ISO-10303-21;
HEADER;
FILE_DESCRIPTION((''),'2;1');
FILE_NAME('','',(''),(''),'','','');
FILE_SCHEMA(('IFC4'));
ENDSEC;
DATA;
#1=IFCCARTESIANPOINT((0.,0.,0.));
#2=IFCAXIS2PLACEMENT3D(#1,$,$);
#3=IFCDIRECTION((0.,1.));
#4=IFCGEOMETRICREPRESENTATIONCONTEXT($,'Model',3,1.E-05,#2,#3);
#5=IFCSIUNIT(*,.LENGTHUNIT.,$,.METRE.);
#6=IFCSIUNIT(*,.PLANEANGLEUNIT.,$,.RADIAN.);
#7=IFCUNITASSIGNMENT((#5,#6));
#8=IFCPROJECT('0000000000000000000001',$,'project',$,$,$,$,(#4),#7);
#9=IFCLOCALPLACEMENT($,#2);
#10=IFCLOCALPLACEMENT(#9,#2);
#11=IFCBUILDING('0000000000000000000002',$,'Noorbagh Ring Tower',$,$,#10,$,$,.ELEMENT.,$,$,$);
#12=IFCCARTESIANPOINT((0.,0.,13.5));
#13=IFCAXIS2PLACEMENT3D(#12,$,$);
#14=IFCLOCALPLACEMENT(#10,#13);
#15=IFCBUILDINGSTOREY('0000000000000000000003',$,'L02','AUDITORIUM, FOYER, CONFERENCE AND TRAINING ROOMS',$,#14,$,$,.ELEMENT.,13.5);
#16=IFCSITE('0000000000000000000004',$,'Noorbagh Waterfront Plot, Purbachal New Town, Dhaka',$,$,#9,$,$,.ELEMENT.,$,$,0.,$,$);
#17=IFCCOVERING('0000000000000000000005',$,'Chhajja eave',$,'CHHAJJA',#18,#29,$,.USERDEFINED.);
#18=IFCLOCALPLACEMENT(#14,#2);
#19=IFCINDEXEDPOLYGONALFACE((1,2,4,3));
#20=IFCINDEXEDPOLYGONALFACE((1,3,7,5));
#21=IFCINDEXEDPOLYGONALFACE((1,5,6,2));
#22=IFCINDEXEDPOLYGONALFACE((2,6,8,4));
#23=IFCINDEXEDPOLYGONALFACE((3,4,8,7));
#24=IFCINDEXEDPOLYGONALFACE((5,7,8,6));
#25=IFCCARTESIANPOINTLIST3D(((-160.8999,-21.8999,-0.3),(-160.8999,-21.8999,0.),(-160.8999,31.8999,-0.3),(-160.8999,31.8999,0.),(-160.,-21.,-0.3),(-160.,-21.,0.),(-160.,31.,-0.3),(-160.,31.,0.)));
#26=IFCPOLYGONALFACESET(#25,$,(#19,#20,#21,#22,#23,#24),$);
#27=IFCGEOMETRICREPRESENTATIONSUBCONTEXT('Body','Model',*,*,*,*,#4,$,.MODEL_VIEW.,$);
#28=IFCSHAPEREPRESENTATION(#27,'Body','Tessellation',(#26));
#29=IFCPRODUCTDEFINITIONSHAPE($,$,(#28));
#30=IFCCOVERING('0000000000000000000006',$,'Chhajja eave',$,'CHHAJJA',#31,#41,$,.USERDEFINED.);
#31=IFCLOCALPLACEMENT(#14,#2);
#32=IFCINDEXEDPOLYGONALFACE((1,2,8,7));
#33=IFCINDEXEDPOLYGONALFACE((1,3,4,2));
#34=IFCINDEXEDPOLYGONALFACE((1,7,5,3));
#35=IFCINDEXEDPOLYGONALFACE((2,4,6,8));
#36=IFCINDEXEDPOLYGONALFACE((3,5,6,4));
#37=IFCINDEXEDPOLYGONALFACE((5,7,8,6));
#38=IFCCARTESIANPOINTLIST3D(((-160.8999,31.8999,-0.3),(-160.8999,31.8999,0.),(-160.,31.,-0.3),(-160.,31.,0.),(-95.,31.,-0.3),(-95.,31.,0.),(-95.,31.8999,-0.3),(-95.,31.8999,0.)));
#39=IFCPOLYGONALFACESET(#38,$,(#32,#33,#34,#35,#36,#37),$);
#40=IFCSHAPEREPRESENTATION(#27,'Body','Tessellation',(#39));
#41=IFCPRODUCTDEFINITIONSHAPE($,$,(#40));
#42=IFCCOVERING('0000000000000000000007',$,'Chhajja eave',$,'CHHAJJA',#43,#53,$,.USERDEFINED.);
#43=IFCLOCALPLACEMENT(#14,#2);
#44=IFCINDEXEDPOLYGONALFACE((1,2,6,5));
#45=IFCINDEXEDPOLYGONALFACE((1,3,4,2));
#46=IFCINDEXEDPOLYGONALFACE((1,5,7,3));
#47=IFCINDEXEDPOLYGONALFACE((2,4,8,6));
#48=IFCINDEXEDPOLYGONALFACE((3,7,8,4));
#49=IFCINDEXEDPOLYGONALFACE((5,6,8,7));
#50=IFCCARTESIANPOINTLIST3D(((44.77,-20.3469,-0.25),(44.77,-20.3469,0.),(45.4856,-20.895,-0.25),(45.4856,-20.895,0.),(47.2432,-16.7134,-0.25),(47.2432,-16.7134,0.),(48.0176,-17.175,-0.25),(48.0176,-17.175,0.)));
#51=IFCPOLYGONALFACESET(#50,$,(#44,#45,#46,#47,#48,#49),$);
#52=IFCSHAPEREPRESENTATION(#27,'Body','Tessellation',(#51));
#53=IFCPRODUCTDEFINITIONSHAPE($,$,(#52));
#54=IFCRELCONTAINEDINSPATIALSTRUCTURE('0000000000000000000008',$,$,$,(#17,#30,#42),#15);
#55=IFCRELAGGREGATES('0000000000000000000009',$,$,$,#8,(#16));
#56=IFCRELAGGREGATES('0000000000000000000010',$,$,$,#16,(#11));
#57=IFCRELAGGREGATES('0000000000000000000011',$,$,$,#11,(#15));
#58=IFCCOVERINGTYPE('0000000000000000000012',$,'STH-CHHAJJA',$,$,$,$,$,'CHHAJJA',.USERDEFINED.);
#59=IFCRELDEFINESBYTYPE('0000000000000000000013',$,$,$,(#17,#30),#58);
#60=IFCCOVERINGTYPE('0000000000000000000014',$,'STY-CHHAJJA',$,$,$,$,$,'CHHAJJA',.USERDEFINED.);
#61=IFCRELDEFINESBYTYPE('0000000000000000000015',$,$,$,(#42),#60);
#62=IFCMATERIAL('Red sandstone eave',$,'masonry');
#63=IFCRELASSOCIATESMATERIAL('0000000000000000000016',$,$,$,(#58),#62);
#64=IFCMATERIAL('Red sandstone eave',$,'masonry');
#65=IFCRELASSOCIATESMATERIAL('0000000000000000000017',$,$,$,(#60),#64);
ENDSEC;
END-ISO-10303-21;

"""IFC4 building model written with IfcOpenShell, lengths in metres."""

from ifc_helpers import new_model, si_unit, direction, frame, origin, place, context, subcontext, project, spatial, polyline, outline, extrude, material, type_object, element, save


model = new_model("IFC4")

# Units and contexts
model_context = context("Model", 3, precision=1e-05, world=origin(), true_north=direction((0.0, 1.0)))
body_context = subcontext(model_context, "Body", "Model", "MODEL_VIEW")
ifc_project = project(units=[si_unit("LENGTHUNIT", "METRE"), si_unit("PLANEANGLEUNIT", "RADIAN")], contexts=[model_context])

# Site, building, storey
site_placement = place(None, origin())
site = spatial("IfcSite", under=ifc_project, at=site_placement, Name="Noorbagh Waterfront Plot, Purbachal New Town, Dhaka", CompositionType="ELEMENT", RefElevation=0.0)
building_placement = place(site_placement, origin())
building = spatial("IfcBuilding", under=site, at=building_placement, Name="Noorbagh Ring Tower", CompositionType="ELEMENT")
storey_placement = place(building_placement, frame((0.0, 0.0, 13.5)))
storey = spatial("IfcBuildingStorey", under=building, at=storey_placement, Name="L02", Description="AUDITORIUM, FOYER, CONFERENCE AND TRAINING ROOMS", CompositionType="ELEMENT", Elevation=13.5)

# Coverings
ifc_material_1 = material(Name="Red sandstone eave", Category="masonry")
covering_type_1 = type_object("IfcCoveringType", Name="STH-CHHAJJA", ElementType="CHHAJJA", PredefinedType="USERDEFINED", material=ifc_material_1)
covering_1_placement = place(storey_placement, frame((0.0, 0.0, -0.3)))
element("IfcCovering", 1, at=covering_1_placement, inside=storey, type_object=covering_type_1, Name="Chhajja eave", ObjectType="CHHAJJA", PredefinedType="USERDEFINED", context=body_context, shape_type="SweptSolid", body=[
    extrude(outline(polyline([(-160.0, -21.0), (-160.0, 31.0), (-160.8999, 31.8999), (-160.8999, -21.8999), (-160.0, -21.0)])), origin(), (0.0, 0.0, 1.0), 0.3),
])
covering_2_placement = place(storey_placement, frame((0.0, 0.0, -0.3)))
element("IfcCovering", 2, at=covering_2_placement, inside=storey, type_object=covering_type_1, Name="Chhajja eave", ObjectType="CHHAJJA", PredefinedType="USERDEFINED", context=body_context, shape_type="SweptSolid", body=[
    extrude(outline(polyline([(-160.0, 31.0), (-95.0, 31.0), (-95.0, 31.8999), (-160.8999, 31.8999), (-160.0, 31.0)])), origin(), (0.0, 0.0, 1.0), 0.3),
])
ifc_material_2 = material(Name="Red sandstone eave", Category="masonry")
covering_type_2 = type_object("IfcCoveringType", Name="STY-CHHAJJA", ElementType="CHHAJJA", PredefinedType="USERDEFINED", material=ifc_material_2)
covering_3_placement = place(storey_placement, frame((0.0, 0.0, -0.25)))
element("IfcCovering", 3, at=covering_3_placement, inside=storey, type_object=covering_type_2, Name="Chhajja eave", ObjectType="CHHAJJA", PredefinedType="USERDEFINED", context=body_context, shape_type="SweptSolid", body=[
    extrude(outline(polyline([(44.77, -20.3469), (47.2432, -16.7134), (48.0176, -17.175), (45.4856, -20.895), (44.77, -20.3469)])), origin(), (0.0, 0.0, 1.0), 0.25),
])

save(model, "model.ifc")
